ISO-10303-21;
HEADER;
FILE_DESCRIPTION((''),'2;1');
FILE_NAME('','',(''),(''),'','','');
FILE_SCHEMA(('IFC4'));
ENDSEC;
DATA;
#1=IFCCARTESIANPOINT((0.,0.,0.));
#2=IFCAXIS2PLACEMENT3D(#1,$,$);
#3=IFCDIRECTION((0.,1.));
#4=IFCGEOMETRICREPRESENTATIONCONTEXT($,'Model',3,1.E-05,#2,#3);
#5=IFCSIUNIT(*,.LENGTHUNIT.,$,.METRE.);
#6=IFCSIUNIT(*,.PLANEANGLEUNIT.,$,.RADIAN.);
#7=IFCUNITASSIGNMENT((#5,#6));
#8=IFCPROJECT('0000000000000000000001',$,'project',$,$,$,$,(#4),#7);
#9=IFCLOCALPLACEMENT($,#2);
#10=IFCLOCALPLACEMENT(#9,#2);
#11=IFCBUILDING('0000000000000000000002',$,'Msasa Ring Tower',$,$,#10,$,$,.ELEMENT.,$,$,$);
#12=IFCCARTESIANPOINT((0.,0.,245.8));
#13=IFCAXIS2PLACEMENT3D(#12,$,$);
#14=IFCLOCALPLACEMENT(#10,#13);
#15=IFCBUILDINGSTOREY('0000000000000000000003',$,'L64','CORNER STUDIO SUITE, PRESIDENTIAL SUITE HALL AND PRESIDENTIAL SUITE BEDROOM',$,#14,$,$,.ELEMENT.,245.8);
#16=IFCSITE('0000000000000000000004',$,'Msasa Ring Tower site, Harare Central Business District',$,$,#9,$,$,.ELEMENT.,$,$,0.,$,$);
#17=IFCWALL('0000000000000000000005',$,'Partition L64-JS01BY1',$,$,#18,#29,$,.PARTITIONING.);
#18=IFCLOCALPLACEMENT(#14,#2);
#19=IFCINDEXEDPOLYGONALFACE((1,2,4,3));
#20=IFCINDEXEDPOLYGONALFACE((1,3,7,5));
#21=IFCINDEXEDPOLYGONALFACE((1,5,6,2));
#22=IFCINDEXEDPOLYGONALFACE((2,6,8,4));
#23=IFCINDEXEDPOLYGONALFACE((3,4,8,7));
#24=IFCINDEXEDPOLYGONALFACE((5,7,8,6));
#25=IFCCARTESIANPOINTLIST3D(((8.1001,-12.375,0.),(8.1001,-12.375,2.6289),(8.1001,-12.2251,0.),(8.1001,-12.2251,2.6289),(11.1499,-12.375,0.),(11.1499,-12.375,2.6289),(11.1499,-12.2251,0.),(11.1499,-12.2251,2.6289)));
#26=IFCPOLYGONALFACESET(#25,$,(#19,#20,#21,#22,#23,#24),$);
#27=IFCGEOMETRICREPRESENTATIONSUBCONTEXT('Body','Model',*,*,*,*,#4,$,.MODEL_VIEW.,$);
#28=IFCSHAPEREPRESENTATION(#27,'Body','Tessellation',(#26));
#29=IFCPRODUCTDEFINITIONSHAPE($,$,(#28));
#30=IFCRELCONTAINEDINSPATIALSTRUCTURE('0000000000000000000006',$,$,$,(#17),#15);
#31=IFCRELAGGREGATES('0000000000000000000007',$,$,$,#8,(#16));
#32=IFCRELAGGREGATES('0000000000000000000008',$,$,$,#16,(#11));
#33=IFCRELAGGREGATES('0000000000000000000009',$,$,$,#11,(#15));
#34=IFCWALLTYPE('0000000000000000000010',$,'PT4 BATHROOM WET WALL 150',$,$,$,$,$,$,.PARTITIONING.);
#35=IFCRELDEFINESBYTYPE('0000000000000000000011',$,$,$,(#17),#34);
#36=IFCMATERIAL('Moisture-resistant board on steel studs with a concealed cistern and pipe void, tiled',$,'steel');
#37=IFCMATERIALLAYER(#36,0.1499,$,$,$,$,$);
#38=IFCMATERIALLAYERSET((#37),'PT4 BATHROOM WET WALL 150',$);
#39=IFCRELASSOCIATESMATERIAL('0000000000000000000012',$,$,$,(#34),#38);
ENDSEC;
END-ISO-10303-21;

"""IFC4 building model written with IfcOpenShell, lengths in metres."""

from ifc_helpers import new_model, si_unit, direction, frame, frame_2d, origin, place, context, subcontext, project, spatial, rectangle, extrude, material, layer, layer_set, type_object, element, save


model = new_model("IFC4")

# Units and contexts
model_context = context("Model", 3, precision=1e-05, world=origin(), true_north=direction((0.0, 1.0)))
body_context = subcontext(model_context, "Body", "Model", "MODEL_VIEW")
ifc_project = project(units=[si_unit("LENGTHUNIT", "METRE"), si_unit("PLANEANGLEUNIT", "RADIAN")], contexts=[model_context])

# Site, building, storey
site_placement = place(None, origin())
site = spatial("IfcSite", under=ifc_project, at=site_placement, Name="Msasa Ring Tower site, Harare Central Business District", CompositionType="ELEMENT", RefElevation=0.0)
building_placement = place(site_placement, origin())
building = spatial("IfcBuilding", under=site, at=building_placement, Name="Msasa Ring Tower", CompositionType="ELEMENT")
storey_placement = place(building_placement, frame((0.0, 0.0, 245.8)))
storey = spatial("IfcBuildingStorey", under=building, at=storey_placement, Name="L64", Description="CORNER STUDIO SUITE, PRESIDENTIAL SUITE HALL AND PRESIDENTIAL SUITE BEDROOM", CompositionType="ELEMENT", Elevation=245.8)

# Shared definitions
ifc_material_1 = material(Name="Moisture-resistant board on steel studs with a concealed cistern and pipe void, tiled", Category="steel")
ifc_layer_1 = layer(ifc_material_1, 0.1499)
ifc_layer_set_1 = layer_set([ifc_layer_1], Name="PT4 BATHROOM WET WALL 150")
wall_type_1 = type_object("IfcWallType", Name="PT4 BATHROOM WET WALL 150", PredefinedType="PARTITIONING", material=ifc_layer_set_1)

# Wall
wall_1_placement = place(storey_placement, frame((8.1001, -12.3, 0.0), z_axis=(0.0, 0.0, 1.0), x_axis=(1.0, 0.0, 0.0)))
element("IfcWall", 1, at=wall_1_placement, inside=storey, type_object=wall_type_1, Name="Partition L64-JS01BY1", PredefinedType="PARTITIONING", context=body_context, shape_type="SweptSolid", body=[
    extrude(rectangle(XDim=3.0498, YDim=0.1499, at=frame_2d((1.5249, 0.0))), origin(), (0.0, 0.0, 1.0), 2.6289),
])

save(model, "model.ifc")
